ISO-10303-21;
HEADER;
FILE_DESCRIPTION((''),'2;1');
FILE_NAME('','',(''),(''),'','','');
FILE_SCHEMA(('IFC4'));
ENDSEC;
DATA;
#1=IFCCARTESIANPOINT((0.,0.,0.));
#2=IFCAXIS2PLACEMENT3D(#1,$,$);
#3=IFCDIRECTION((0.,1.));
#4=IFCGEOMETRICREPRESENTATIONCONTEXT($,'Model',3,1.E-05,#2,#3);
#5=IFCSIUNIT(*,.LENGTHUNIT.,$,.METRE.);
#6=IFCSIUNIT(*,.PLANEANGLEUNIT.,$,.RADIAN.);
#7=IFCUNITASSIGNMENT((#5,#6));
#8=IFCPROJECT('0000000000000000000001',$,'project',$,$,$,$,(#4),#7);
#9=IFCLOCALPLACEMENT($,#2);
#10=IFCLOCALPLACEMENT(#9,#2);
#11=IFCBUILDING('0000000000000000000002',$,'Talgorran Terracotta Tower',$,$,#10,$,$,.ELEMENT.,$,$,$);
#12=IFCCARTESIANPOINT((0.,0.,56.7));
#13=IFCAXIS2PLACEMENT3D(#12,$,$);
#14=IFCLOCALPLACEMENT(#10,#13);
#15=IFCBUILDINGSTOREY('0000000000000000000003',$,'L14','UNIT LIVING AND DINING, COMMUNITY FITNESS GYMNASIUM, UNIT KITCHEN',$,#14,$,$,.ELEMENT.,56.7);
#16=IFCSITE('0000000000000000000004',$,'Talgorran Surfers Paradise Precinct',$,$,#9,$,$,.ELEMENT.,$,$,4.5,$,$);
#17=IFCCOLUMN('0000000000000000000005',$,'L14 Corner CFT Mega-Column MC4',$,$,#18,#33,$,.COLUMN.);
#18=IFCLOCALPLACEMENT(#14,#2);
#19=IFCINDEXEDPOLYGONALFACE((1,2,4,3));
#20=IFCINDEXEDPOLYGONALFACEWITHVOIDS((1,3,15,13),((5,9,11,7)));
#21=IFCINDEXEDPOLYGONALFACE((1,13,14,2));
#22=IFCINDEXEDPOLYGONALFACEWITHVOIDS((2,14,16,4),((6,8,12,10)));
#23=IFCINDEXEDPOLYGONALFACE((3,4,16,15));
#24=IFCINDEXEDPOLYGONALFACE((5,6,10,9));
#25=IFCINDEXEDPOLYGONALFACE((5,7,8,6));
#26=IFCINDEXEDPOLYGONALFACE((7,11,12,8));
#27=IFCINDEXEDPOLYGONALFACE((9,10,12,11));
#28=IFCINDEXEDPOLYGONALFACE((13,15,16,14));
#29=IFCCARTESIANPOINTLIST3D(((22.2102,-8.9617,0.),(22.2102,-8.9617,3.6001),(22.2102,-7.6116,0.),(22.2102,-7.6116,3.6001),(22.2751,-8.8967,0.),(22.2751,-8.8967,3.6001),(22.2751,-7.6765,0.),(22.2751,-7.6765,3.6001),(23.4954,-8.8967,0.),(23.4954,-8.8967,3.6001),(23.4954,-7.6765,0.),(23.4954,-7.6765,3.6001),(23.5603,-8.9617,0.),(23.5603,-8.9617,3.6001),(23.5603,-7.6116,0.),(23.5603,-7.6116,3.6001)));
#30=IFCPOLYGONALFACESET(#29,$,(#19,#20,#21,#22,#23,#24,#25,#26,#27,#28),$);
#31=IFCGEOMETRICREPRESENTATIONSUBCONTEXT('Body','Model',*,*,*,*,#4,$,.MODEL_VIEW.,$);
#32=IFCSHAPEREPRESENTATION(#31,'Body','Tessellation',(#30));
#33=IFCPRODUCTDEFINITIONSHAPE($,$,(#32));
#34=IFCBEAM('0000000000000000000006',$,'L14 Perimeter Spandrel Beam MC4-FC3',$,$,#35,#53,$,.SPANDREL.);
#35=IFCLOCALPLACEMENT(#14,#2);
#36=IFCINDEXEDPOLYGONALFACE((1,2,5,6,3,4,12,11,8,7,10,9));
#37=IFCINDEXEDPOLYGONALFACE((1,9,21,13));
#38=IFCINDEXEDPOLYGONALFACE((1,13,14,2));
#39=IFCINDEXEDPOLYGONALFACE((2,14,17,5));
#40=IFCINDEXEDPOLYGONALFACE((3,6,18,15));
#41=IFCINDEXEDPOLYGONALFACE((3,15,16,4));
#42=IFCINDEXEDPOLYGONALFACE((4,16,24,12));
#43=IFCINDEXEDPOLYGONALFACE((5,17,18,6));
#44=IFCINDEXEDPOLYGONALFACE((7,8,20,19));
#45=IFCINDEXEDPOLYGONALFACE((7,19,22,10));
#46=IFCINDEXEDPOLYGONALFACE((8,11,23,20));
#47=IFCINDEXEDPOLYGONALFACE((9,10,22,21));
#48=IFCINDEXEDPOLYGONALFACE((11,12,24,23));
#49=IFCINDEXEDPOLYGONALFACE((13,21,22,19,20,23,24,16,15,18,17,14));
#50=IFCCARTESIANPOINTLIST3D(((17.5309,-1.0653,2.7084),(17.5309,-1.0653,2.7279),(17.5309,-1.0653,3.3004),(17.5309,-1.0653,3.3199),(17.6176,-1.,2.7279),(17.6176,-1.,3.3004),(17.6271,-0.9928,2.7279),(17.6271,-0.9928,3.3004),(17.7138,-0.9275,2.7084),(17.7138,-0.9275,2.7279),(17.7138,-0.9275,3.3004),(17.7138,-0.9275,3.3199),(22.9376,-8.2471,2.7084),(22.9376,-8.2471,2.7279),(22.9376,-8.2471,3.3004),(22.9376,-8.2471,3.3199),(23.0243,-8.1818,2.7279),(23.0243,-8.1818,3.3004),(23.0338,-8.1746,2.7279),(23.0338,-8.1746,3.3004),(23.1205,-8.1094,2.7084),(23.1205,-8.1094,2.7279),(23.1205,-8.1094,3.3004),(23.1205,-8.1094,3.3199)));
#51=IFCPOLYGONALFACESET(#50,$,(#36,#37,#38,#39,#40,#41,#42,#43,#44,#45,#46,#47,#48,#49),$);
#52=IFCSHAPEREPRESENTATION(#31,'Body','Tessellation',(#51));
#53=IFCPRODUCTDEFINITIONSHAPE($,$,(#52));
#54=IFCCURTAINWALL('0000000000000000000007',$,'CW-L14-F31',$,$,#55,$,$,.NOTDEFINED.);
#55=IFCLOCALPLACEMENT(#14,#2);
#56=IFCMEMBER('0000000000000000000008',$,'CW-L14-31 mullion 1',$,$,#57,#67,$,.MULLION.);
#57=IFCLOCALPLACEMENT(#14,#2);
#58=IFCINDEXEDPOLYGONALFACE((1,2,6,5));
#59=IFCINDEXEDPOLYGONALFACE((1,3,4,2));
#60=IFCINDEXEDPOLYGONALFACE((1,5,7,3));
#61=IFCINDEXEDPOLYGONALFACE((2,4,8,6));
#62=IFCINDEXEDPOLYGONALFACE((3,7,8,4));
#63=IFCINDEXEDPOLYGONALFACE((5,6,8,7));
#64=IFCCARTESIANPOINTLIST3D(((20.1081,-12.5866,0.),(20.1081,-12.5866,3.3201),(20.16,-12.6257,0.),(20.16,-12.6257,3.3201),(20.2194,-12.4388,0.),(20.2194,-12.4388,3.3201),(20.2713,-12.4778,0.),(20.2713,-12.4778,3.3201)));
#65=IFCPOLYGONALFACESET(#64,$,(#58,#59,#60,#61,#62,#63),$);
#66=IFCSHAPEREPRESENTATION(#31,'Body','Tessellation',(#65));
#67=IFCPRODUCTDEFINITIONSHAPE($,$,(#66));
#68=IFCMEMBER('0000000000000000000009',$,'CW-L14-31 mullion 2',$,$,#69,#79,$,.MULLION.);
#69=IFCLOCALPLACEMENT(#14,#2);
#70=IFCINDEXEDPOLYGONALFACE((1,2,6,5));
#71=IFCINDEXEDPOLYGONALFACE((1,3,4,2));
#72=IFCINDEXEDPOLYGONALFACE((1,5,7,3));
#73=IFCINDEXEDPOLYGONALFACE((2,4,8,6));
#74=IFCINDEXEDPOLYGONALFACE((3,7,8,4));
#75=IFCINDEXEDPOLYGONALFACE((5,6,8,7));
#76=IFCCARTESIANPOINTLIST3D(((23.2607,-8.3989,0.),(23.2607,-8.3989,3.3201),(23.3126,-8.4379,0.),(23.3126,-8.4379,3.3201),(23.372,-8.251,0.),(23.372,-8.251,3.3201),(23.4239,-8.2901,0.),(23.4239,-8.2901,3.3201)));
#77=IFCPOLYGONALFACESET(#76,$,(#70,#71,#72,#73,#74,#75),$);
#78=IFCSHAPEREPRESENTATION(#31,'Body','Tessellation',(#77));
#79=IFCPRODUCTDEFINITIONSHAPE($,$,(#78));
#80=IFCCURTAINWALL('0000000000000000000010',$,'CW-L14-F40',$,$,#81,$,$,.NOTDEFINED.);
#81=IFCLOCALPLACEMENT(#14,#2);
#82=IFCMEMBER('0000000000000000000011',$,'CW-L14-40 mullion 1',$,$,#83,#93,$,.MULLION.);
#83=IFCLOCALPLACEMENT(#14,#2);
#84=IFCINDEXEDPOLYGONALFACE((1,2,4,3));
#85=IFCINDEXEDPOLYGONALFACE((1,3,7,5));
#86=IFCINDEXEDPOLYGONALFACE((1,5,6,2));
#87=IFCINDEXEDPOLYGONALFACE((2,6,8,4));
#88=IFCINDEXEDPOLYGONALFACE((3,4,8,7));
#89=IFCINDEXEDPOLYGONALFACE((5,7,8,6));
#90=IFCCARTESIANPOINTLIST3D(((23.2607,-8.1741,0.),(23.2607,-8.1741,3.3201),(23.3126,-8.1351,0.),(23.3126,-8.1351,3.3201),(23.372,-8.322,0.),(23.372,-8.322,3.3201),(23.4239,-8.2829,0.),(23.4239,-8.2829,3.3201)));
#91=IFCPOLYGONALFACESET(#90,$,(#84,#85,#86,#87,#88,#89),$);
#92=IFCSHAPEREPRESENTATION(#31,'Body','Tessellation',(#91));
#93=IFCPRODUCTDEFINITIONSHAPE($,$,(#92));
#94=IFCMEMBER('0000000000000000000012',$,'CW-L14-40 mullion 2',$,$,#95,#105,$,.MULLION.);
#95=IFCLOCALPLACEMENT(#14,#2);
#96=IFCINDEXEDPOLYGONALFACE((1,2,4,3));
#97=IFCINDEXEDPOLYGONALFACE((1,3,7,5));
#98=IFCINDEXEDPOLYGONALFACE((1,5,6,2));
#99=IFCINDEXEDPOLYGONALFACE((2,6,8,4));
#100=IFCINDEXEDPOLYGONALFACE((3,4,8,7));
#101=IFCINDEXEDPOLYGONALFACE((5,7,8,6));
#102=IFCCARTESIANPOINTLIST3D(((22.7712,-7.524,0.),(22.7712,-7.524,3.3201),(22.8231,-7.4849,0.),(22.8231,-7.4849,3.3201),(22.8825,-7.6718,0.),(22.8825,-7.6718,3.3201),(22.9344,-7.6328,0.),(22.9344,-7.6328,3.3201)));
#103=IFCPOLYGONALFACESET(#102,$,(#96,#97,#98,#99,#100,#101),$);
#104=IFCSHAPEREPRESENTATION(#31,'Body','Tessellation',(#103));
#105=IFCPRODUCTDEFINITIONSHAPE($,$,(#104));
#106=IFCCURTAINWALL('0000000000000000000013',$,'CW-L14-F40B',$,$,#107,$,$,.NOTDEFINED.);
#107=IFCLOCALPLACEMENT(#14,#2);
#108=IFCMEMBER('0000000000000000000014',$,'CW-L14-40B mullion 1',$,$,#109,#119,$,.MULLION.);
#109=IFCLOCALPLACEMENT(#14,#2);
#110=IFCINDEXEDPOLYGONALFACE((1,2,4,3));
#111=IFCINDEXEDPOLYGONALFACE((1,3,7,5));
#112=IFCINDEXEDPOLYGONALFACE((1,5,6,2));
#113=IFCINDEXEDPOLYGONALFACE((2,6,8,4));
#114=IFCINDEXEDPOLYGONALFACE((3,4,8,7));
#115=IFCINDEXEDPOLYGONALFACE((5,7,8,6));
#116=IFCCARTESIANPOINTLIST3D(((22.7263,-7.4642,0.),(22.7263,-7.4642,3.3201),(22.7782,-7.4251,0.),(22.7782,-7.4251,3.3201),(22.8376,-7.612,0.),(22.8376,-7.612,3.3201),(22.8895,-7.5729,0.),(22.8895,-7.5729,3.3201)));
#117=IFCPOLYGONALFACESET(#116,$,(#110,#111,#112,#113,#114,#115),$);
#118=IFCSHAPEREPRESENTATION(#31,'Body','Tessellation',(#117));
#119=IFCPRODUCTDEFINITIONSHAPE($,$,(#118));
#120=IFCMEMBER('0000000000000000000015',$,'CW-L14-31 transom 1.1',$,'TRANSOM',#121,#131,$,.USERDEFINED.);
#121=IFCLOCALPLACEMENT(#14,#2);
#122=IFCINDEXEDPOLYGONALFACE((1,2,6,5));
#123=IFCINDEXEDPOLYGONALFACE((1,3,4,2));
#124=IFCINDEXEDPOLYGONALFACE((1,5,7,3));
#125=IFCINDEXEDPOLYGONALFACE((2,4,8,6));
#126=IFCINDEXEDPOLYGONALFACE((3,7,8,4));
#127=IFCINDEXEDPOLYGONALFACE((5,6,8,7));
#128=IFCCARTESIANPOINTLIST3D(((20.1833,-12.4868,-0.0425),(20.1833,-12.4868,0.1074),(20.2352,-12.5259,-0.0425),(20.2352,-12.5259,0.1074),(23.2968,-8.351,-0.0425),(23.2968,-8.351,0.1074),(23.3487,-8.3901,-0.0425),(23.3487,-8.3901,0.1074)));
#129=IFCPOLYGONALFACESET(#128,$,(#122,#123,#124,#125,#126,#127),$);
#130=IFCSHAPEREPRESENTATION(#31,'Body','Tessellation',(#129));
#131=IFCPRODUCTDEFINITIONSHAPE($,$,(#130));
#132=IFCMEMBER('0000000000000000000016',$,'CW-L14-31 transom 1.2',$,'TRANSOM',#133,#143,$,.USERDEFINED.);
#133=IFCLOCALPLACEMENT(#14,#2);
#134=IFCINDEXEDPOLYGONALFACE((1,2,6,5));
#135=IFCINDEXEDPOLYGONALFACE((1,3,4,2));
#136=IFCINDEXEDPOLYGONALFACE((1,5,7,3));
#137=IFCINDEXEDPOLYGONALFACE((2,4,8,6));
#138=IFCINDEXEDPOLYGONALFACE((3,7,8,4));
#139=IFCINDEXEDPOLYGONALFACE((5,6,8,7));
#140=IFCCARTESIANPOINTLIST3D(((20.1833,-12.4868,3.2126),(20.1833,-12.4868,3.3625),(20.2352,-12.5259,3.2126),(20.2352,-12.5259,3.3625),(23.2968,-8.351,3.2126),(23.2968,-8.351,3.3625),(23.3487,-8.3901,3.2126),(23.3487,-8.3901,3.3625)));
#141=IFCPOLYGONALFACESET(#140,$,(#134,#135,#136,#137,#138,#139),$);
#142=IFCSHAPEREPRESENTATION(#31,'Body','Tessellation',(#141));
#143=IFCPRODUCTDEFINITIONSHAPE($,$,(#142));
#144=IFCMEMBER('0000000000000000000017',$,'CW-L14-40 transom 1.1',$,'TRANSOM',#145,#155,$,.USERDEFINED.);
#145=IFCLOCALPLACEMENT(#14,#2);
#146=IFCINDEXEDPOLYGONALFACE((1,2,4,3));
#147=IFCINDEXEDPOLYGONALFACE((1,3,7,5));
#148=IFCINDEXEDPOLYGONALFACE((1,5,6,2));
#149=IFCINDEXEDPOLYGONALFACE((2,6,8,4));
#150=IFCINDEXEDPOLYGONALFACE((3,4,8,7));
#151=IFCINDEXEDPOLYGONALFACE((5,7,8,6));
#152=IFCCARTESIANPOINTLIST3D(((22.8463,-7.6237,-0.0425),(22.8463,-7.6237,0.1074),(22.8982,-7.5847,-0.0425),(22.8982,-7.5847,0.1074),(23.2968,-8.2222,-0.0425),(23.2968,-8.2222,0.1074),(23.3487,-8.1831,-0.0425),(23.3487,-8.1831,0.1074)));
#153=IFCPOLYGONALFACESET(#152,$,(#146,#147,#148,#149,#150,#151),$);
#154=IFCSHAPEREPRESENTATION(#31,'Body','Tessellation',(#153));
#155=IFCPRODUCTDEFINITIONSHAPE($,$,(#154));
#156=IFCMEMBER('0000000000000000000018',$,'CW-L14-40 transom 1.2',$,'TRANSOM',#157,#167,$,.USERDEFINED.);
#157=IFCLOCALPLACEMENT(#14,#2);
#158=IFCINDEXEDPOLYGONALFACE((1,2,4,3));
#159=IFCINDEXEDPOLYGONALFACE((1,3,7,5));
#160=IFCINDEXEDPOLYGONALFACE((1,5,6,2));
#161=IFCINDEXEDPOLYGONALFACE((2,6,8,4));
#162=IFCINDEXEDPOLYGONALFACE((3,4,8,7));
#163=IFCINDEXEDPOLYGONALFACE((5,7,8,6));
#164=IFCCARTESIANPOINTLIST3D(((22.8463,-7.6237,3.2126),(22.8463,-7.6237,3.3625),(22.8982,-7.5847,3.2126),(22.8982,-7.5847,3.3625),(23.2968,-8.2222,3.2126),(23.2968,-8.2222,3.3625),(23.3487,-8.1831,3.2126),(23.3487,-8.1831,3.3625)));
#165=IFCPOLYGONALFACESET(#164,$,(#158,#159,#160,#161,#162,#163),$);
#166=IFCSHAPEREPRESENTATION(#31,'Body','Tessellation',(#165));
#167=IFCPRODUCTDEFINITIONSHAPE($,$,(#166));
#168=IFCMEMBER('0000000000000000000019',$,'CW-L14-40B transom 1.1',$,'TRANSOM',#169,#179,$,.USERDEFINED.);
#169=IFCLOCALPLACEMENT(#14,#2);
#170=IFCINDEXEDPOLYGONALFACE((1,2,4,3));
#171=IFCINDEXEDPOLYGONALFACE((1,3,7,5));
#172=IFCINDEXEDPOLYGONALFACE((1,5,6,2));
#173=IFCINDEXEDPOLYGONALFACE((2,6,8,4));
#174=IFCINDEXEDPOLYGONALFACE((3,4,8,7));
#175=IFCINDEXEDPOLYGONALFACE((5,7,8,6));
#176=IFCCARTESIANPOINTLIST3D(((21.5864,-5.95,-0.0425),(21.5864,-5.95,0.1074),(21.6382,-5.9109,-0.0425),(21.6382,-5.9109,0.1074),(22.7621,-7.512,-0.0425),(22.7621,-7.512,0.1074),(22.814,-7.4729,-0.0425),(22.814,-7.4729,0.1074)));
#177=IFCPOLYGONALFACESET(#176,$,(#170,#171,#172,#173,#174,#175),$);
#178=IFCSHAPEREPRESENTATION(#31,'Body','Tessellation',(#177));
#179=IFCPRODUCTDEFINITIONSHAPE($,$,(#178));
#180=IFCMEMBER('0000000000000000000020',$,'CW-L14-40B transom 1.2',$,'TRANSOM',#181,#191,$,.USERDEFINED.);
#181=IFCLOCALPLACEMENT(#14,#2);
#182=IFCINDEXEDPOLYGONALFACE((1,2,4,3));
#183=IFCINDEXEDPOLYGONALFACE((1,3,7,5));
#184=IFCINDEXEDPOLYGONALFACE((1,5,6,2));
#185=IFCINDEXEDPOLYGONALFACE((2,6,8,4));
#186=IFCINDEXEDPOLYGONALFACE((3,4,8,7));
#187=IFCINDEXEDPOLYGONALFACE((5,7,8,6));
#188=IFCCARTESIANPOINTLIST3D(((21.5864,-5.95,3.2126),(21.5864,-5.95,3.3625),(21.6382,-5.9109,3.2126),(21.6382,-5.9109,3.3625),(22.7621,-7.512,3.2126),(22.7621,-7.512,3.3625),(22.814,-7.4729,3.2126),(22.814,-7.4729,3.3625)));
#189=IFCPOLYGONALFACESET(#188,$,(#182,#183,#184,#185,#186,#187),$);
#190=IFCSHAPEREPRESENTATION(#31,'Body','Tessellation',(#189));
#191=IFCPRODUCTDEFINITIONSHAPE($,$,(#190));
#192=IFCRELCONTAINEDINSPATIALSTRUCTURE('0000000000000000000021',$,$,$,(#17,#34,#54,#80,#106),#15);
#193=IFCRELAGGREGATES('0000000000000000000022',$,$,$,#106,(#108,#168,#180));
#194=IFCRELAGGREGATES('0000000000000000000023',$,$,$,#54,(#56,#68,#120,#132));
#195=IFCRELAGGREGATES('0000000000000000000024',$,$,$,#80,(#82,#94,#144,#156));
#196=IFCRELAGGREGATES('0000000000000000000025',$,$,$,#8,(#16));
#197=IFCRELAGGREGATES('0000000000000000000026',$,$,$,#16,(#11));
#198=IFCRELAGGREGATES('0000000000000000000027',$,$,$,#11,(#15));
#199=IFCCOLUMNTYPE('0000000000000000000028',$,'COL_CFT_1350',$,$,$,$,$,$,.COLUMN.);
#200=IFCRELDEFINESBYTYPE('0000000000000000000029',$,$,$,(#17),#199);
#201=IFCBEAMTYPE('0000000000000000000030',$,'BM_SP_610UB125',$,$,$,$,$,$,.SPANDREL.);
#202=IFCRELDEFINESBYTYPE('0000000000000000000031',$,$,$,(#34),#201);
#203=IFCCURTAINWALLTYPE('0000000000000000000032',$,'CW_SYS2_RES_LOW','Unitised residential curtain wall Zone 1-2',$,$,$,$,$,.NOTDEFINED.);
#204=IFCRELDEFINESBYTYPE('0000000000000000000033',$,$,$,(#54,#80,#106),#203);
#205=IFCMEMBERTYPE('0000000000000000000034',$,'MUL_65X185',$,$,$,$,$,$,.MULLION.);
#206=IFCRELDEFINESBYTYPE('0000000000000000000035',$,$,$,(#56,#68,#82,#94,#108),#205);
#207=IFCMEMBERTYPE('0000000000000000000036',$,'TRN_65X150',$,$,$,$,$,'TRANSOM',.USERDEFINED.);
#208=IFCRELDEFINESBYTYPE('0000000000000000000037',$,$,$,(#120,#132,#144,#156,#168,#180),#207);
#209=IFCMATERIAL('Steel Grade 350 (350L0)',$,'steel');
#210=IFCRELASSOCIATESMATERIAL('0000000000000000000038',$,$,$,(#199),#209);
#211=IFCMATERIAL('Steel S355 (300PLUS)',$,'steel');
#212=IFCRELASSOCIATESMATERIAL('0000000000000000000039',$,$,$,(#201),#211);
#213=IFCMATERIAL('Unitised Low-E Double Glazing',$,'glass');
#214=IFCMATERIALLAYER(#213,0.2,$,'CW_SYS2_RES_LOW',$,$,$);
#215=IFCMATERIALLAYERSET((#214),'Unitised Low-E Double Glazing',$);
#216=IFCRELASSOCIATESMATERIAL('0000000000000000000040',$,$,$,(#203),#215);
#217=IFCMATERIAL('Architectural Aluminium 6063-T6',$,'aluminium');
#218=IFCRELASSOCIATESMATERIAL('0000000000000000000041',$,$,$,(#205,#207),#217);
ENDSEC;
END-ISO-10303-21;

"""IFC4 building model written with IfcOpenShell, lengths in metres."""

from ifc_helpers import new_model, si_unit, direction, frame, origin, origin_2d, place, context, subcontext, project, spatial, rectangle, hollow_rectangle, i_section, extrude, material, layer, layer_set, material_profile, profile_set, type_object, element, aggregate, save


model = new_model("IFC4")

# Units and contexts
model_context = context("Model", 3, precision=1e-05, world=origin(), true_north=direction((0.0, 1.0)))
body_context = subcontext(model_context, "Body", "Model", "MODEL_VIEW")
ifc_project = project(units=[si_unit("LENGTHUNIT", "METRE"), si_unit("PLANEANGLEUNIT", "RADIAN")], contexts=[model_context])

# Site, building, storey
site_placement = place(None, origin())
site = spatial("IfcSite", under=ifc_project, at=site_placement, Name="Talgorran Surfers Paradise Precinct", CompositionType="ELEMENT", RefElevation=4.5)
building_placement = place(site_placement, origin())
building = spatial("IfcBuilding", under=site, at=building_placement, Name="Talgorran Terracotta Tower", CompositionType="ELEMENT")
storey_placement = place(building_placement, frame((0.0, 0.0, 56.7)))
storey = spatial("IfcBuildingStorey", under=building, at=storey_placement, Name="L14", Description="UNIT LIVING AND DINING, COMMUNITY FITNESS GYMNASIUM, UNIT KITCHEN", CompositionType="ELEMENT", Elevation=56.7)

# Column
ifc_material_1 = material(Name="Steel Grade 350 (350L0)", Category="steel")
ifc_material_profile_1 = material_profile(ifc_material_1, hollow_rectangle(XDim=1.3501, YDim=1.3501, WallThickness=0.0649, at=origin_2d()), Name="CFT1350X1350X65")
ifc_profile_set_1 = profile_set([ifc_material_profile_1], Name="Steel Grade 350 (350L0)")
column_type = type_object("IfcColumnType", Name="COL_CFT_1350", PredefinedType="COLUMN", material=ifc_profile_set_1)
column_placement = place(storey_placement, frame((22.8853, -8.2866, 0.0), z_axis=(0.0, 0.0, 1.0), x_axis=(1.0, 0.0, 0.0)))
element("IfcColumn", 1, at=column_placement, inside=storey, type_object=column_type, Name="L14 Corner CFT Mega-Column MC4", PredefinedType="COLUMN", context=body_context, shape_type="SweptSolid", body=[
    extrude(hollow_rectangle(XDim=1.3501, YDim=1.3501, WallThickness=0.0649, at=origin_2d()), origin(), (0.0, 0.0, 1.0), 3.6001),
])

# Beam
ifc_material_2 = material(Name="Steel S355 (300PLUS)", Category="steel")
ifc_material_profile_2 = material_profile(ifc_material_2, i_section(OverallWidth=0.229, OverallDepth=0.6116, WebThickness=0.012, FlangeThickness=0.0195, at=origin_2d()), Name="610UB125")
ifc_profile_set_2 = profile_set([ifc_material_profile_2], Name="Steel S355 (300PLUS)")
beam_type = type_object("IfcBeamType", Name="BM_SP_610UB125", PredefinedType="SPANDREL", material=ifc_profile_set_2)
beam_placement = place(storey_placement, frame((23.0291, -8.1782, 3.0142), z_axis=(-0.601446, 0.798913, 0.0), x_axis=(-0.798913, -0.601446, 0.0)))
element("IfcBeam", 2, at=beam_placement, inside=storey, type_object=beam_type, Name="L14 Perimeter Spandrel Beam MC4-FC3", PredefinedType="SPANDREL", context=body_context, shape_type="SweptSolid", body=[
    extrude(i_section(OverallWidth=0.229, OverallDepth=0.6116, WebThickness=0.012, FlangeThickness=0.0195, at=origin_2d()), origin(), (0.0, 0.0, 1.0), 8.9895),
])

# Curtain walls, members
ifc_material_3 = material(Name="Unitised Low-E Double Glazing", Category="glass")
ifc_layer_1 = layer(ifc_material_3, 0.2, Name="CW_SYS2_RES_LOW")
ifc_layer_set_1 = layer_set([ifc_layer_1], Name="Unitised Low-E Double Glazing")
curtain_wall_type = type_object("IfcCurtainWallType", Name="CW_SYS2_RES_LOW", Description="Unitised residential curtain wall Zone 1-2", PredefinedType="NOTDEFINED", material=ifc_layer_set_1)
curtain_wall_1_placement = place(storey_placement, origin())
curtain_wall_1 = element("IfcCurtainWall", 3, at=curtain_wall_1_placement, inside=storey, type_object=curtain_wall_type, Name="CW-L14-F31", PredefinedType="NOTDEFINED")
ifc_material_4 = material(Name="Architectural Aluminium 6063-T6", Category="aluminium")
ifc_material_profile_3 = material_profile(ifc_material_4, rectangle(XDim=0.0649, YDim=0.1851, at=origin_2d()), Name="CWM65X185")
ifc_profile_set_3 = profile_set([ifc_material_profile_3], Name="Architectural Aluminium 6063-T6")
member_type_1 = type_object("IfcMemberType", Name="MUL_65X185", PredefinedType="MULLION", material=ifc_profile_set_3)
member_1_placement = place(storey_placement, frame((20.1897, -12.5322, 0.0), z_axis=(0.0, 0.0, 1.0), x_axis=(-0.798913, 0.601446, 0.0)))
member_1 = element("IfcMember", 4, at=member_1_placement, type_object=member_type_1, Name="CW-L14-31 mullion 1", PredefinedType="MULLION", context=body_context, shape_type="SweptSolid", body=[
    extrude(rectangle(XDim=0.0649, YDim=0.1851, at=origin_2d()), origin(), (0.0, 0.0, 1.0), 3.3201),
])
member_2_placement = place(storey_placement, frame((23.3423, -8.3445, 0.0), z_axis=(0.0, 0.0, 1.0), x_axis=(-0.798913, 0.601446, 0.0)))
member_2 = element("IfcMember", 5, at=member_2_placement, type_object=member_type_1, Name="CW-L14-31 mullion 2", PredefinedType="MULLION", context=body_context, shape_type="SweptSolid", body=[
    extrude(rectangle(XDim=0.0649, YDim=0.1851, at=origin_2d()), origin(), (0.0, 0.0, 1.0), 3.3201),
])
curtain_wall_2_placement = place(storey_placement, origin())
curtain_wall_2 = element("IfcCurtainWall", 6, at=curtain_wall_2_placement, inside=storey, type_object=curtain_wall_type, Name="CW-L14-F40", PredefinedType="NOTDEFINED")
member_3_placement = place(storey_placement, frame((23.3423, -8.2285, 0.0), z_axis=(0.0, 0.0, 1.0), x_axis=(-0.798934, -0.601419, 0.0)))
member_3 = element("IfcMember", 7, at=member_3_placement, type_object=member_type_1, Name="CW-L14-40 mullion 1", PredefinedType="MULLION", context=body_context, shape_type="SweptSolid", body=[
    extrude(rectangle(XDim=0.0649, YDim=0.1851, at=origin_2d()), origin(), (0.0, 0.0, 1.0), 3.3201),
])
member_4_placement = place(storey_placement, frame((22.8528, -7.5784, 0.0), z_axis=(0.0, 0.0, 1.0), x_axis=(-0.798934, -0.601419, 0.0)))
member_4 = element("IfcMember", 8, at=member_4_placement, type_object=member_type_1, Name="CW-L14-40 mullion 2", PredefinedType="MULLION", context=body_context, shape_type="SweptSolid", body=[
    extrude(rectangle(XDim=0.0649, YDim=0.1851, at=origin_2d()), origin(), (0.0, 0.0, 1.0), 3.3201),
])

# Curtain wall, member
curtain_wall_3_placement = place(storey_placement, origin())
curtain_wall_3 = element("IfcCurtainWall", 9, at=curtain_wall_3_placement, inside=storey, type_object=curtain_wall_type, Name="CW-L14-F40B", PredefinedType="NOTDEFINED")
member_5_placement = place(storey_placement, frame((22.8079, -7.5186, 0.0), z_axis=(0.0, 0.0, 1.0), x_axis=(-0.798917, -0.601441, 0.0)))
member_5 = element("IfcMember", 10, at=member_5_placement, type_object=member_type_1, Name="CW-L14-40B mullion 1", PredefinedType="MULLION", context=body_context, shape_type="SweptSolid", body=[
    extrude(rectangle(XDim=0.0649, YDim=0.1851, at=origin_2d()), origin(), (0.0, 0.0, 1.0), 3.3201),
])

# Members
ifc_material_profile_4 = material_profile(ifc_material_4, rectangle(XDim=0.0649, YDim=0.1499, at=origin_2d()), Name="CWT65X150")
ifc_profile_set_4 = profile_set([ifc_material_profile_4], Name="Architectural Aluminium 6063-T6")
member_type_2 = type_object("IfcMemberType", Name="TRN_65X150", ElementType="TRANSOM", PredefinedType="USERDEFINED", material=ifc_profile_set_4)
member_6_placement = place(storey_placement, frame((20.2092, -12.5063, 0.0325), z_axis=(0.601448, 0.798912, 0.0), x_axis=(-0.798912, 0.601448, 0.0)))
member_6 = element("IfcMember", 11, at=member_6_placement, type_object=member_type_2, Name="CW-L14-31 transom 1.1", ObjectType="TRANSOM", PredefinedType="USERDEFINED", context=body_context, shape_type="SweptSolid", body=[
    extrude(rectangle(XDim=0.0649, YDim=0.1499, at=origin_2d()), origin(), (0.0, 0.0, 1.0), 5.1768),
])
member_7_placement = place(storey_placement, frame((20.2092, -12.5063, 3.2876), z_axis=(0.601448, 0.798912, 0.0), x_axis=(-0.798912, 0.601448, 0.0)))
member_7 = element("IfcMember", 12, at=member_7_placement, type_object=member_type_2, Name="CW-L14-31 transom 1.2", ObjectType="TRANSOM", PredefinedType="USERDEFINED", context=body_context, shape_type="SweptSolid", body=[
    extrude(rectangle(XDim=0.0649, YDim=0.1499, at=origin_2d()), origin(), (0.0, 0.0, 1.0), 5.1768),
])
member_8_placement = place(storey_placement, frame((23.3228, -8.2026, 0.0325), z_axis=(-0.601407, 0.798943, 0.0), x_axis=(-0.798943, -0.601407, 0.0)))
member_8 = element("IfcMember", 13, at=member_8_placement, type_object=member_type_2, Name="CW-L14-40 transom 1.1", ObjectType="TRANSOM", PredefinedType="USERDEFINED", context=body_context, shape_type="SweptSolid", body=[
    extrude(rectangle(XDim=0.0649, YDim=0.1499, at=origin_2d()), origin(), (0.0, 0.0, 1.0), 0.749),
])
member_9_placement = place(storey_placement, frame((23.3228, -8.2026, 3.2876), z_axis=(-0.601407, 0.798943, 0.0), x_axis=(-0.798943, -0.601407, 0.0)))
member_9 = element("IfcMember", 14, at=member_9_placement, type_object=member_type_2, Name="CW-L14-40 transom 1.2", ObjectType="TRANSOM", PredefinedType="USERDEFINED", context=body_context, shape_type="SweptSolid", body=[
    extrude(rectangle(XDim=0.0649, YDim=0.1499, at=origin_2d()), origin(), (0.0, 0.0, 1.0), 0.749),
])
member_10_placement = place(storey_placement, frame((22.7881, -7.4924, 0.0325), z_axis=(-0.601398, 0.79895, 0.0), x_axis=(-0.79895, -0.601398, 0.0)))
member_10 = element("IfcMember", 15, at=member_10_placement, type_object=member_type_2, Name="CW-L14-40B transom 1.1", ObjectType="TRANSOM", PredefinedType="USERDEFINED", context=body_context, shape_type="SweptSolid", body=[
    extrude(rectangle(XDim=0.0649, YDim=0.1499, at=origin_2d()), origin(), (0.0, 0.0, 1.0), 1.9551),
])
member_11_placement = place(storey_placement, frame((22.7881, -7.4924, 3.2876), z_axis=(-0.601398, 0.79895, 0.0), x_axis=(-0.79895, -0.601398, 0.0)))
member_11 = element("IfcMember", 16, at=member_11_placement, type_object=member_type_2, Name="CW-L14-40B transom 1.2", ObjectType="TRANSOM", PredefinedType="USERDEFINED", context=body_context, shape_type="SweptSolid", body=[
    extrude(rectangle(XDim=0.0649, YDim=0.1499, at=origin_2d()), origin(), (0.0, 0.0, 1.0), 1.9551),
])
aggregate(curtain_wall_3, [member_5, member_10, member_11])

aggregate(curtain_wall_1, [member_1, member_2, member_6, member_7])
aggregate(curtain_wall_2, [member_3, member_4, member_8, member_9])

save(model, "model.ifc")
